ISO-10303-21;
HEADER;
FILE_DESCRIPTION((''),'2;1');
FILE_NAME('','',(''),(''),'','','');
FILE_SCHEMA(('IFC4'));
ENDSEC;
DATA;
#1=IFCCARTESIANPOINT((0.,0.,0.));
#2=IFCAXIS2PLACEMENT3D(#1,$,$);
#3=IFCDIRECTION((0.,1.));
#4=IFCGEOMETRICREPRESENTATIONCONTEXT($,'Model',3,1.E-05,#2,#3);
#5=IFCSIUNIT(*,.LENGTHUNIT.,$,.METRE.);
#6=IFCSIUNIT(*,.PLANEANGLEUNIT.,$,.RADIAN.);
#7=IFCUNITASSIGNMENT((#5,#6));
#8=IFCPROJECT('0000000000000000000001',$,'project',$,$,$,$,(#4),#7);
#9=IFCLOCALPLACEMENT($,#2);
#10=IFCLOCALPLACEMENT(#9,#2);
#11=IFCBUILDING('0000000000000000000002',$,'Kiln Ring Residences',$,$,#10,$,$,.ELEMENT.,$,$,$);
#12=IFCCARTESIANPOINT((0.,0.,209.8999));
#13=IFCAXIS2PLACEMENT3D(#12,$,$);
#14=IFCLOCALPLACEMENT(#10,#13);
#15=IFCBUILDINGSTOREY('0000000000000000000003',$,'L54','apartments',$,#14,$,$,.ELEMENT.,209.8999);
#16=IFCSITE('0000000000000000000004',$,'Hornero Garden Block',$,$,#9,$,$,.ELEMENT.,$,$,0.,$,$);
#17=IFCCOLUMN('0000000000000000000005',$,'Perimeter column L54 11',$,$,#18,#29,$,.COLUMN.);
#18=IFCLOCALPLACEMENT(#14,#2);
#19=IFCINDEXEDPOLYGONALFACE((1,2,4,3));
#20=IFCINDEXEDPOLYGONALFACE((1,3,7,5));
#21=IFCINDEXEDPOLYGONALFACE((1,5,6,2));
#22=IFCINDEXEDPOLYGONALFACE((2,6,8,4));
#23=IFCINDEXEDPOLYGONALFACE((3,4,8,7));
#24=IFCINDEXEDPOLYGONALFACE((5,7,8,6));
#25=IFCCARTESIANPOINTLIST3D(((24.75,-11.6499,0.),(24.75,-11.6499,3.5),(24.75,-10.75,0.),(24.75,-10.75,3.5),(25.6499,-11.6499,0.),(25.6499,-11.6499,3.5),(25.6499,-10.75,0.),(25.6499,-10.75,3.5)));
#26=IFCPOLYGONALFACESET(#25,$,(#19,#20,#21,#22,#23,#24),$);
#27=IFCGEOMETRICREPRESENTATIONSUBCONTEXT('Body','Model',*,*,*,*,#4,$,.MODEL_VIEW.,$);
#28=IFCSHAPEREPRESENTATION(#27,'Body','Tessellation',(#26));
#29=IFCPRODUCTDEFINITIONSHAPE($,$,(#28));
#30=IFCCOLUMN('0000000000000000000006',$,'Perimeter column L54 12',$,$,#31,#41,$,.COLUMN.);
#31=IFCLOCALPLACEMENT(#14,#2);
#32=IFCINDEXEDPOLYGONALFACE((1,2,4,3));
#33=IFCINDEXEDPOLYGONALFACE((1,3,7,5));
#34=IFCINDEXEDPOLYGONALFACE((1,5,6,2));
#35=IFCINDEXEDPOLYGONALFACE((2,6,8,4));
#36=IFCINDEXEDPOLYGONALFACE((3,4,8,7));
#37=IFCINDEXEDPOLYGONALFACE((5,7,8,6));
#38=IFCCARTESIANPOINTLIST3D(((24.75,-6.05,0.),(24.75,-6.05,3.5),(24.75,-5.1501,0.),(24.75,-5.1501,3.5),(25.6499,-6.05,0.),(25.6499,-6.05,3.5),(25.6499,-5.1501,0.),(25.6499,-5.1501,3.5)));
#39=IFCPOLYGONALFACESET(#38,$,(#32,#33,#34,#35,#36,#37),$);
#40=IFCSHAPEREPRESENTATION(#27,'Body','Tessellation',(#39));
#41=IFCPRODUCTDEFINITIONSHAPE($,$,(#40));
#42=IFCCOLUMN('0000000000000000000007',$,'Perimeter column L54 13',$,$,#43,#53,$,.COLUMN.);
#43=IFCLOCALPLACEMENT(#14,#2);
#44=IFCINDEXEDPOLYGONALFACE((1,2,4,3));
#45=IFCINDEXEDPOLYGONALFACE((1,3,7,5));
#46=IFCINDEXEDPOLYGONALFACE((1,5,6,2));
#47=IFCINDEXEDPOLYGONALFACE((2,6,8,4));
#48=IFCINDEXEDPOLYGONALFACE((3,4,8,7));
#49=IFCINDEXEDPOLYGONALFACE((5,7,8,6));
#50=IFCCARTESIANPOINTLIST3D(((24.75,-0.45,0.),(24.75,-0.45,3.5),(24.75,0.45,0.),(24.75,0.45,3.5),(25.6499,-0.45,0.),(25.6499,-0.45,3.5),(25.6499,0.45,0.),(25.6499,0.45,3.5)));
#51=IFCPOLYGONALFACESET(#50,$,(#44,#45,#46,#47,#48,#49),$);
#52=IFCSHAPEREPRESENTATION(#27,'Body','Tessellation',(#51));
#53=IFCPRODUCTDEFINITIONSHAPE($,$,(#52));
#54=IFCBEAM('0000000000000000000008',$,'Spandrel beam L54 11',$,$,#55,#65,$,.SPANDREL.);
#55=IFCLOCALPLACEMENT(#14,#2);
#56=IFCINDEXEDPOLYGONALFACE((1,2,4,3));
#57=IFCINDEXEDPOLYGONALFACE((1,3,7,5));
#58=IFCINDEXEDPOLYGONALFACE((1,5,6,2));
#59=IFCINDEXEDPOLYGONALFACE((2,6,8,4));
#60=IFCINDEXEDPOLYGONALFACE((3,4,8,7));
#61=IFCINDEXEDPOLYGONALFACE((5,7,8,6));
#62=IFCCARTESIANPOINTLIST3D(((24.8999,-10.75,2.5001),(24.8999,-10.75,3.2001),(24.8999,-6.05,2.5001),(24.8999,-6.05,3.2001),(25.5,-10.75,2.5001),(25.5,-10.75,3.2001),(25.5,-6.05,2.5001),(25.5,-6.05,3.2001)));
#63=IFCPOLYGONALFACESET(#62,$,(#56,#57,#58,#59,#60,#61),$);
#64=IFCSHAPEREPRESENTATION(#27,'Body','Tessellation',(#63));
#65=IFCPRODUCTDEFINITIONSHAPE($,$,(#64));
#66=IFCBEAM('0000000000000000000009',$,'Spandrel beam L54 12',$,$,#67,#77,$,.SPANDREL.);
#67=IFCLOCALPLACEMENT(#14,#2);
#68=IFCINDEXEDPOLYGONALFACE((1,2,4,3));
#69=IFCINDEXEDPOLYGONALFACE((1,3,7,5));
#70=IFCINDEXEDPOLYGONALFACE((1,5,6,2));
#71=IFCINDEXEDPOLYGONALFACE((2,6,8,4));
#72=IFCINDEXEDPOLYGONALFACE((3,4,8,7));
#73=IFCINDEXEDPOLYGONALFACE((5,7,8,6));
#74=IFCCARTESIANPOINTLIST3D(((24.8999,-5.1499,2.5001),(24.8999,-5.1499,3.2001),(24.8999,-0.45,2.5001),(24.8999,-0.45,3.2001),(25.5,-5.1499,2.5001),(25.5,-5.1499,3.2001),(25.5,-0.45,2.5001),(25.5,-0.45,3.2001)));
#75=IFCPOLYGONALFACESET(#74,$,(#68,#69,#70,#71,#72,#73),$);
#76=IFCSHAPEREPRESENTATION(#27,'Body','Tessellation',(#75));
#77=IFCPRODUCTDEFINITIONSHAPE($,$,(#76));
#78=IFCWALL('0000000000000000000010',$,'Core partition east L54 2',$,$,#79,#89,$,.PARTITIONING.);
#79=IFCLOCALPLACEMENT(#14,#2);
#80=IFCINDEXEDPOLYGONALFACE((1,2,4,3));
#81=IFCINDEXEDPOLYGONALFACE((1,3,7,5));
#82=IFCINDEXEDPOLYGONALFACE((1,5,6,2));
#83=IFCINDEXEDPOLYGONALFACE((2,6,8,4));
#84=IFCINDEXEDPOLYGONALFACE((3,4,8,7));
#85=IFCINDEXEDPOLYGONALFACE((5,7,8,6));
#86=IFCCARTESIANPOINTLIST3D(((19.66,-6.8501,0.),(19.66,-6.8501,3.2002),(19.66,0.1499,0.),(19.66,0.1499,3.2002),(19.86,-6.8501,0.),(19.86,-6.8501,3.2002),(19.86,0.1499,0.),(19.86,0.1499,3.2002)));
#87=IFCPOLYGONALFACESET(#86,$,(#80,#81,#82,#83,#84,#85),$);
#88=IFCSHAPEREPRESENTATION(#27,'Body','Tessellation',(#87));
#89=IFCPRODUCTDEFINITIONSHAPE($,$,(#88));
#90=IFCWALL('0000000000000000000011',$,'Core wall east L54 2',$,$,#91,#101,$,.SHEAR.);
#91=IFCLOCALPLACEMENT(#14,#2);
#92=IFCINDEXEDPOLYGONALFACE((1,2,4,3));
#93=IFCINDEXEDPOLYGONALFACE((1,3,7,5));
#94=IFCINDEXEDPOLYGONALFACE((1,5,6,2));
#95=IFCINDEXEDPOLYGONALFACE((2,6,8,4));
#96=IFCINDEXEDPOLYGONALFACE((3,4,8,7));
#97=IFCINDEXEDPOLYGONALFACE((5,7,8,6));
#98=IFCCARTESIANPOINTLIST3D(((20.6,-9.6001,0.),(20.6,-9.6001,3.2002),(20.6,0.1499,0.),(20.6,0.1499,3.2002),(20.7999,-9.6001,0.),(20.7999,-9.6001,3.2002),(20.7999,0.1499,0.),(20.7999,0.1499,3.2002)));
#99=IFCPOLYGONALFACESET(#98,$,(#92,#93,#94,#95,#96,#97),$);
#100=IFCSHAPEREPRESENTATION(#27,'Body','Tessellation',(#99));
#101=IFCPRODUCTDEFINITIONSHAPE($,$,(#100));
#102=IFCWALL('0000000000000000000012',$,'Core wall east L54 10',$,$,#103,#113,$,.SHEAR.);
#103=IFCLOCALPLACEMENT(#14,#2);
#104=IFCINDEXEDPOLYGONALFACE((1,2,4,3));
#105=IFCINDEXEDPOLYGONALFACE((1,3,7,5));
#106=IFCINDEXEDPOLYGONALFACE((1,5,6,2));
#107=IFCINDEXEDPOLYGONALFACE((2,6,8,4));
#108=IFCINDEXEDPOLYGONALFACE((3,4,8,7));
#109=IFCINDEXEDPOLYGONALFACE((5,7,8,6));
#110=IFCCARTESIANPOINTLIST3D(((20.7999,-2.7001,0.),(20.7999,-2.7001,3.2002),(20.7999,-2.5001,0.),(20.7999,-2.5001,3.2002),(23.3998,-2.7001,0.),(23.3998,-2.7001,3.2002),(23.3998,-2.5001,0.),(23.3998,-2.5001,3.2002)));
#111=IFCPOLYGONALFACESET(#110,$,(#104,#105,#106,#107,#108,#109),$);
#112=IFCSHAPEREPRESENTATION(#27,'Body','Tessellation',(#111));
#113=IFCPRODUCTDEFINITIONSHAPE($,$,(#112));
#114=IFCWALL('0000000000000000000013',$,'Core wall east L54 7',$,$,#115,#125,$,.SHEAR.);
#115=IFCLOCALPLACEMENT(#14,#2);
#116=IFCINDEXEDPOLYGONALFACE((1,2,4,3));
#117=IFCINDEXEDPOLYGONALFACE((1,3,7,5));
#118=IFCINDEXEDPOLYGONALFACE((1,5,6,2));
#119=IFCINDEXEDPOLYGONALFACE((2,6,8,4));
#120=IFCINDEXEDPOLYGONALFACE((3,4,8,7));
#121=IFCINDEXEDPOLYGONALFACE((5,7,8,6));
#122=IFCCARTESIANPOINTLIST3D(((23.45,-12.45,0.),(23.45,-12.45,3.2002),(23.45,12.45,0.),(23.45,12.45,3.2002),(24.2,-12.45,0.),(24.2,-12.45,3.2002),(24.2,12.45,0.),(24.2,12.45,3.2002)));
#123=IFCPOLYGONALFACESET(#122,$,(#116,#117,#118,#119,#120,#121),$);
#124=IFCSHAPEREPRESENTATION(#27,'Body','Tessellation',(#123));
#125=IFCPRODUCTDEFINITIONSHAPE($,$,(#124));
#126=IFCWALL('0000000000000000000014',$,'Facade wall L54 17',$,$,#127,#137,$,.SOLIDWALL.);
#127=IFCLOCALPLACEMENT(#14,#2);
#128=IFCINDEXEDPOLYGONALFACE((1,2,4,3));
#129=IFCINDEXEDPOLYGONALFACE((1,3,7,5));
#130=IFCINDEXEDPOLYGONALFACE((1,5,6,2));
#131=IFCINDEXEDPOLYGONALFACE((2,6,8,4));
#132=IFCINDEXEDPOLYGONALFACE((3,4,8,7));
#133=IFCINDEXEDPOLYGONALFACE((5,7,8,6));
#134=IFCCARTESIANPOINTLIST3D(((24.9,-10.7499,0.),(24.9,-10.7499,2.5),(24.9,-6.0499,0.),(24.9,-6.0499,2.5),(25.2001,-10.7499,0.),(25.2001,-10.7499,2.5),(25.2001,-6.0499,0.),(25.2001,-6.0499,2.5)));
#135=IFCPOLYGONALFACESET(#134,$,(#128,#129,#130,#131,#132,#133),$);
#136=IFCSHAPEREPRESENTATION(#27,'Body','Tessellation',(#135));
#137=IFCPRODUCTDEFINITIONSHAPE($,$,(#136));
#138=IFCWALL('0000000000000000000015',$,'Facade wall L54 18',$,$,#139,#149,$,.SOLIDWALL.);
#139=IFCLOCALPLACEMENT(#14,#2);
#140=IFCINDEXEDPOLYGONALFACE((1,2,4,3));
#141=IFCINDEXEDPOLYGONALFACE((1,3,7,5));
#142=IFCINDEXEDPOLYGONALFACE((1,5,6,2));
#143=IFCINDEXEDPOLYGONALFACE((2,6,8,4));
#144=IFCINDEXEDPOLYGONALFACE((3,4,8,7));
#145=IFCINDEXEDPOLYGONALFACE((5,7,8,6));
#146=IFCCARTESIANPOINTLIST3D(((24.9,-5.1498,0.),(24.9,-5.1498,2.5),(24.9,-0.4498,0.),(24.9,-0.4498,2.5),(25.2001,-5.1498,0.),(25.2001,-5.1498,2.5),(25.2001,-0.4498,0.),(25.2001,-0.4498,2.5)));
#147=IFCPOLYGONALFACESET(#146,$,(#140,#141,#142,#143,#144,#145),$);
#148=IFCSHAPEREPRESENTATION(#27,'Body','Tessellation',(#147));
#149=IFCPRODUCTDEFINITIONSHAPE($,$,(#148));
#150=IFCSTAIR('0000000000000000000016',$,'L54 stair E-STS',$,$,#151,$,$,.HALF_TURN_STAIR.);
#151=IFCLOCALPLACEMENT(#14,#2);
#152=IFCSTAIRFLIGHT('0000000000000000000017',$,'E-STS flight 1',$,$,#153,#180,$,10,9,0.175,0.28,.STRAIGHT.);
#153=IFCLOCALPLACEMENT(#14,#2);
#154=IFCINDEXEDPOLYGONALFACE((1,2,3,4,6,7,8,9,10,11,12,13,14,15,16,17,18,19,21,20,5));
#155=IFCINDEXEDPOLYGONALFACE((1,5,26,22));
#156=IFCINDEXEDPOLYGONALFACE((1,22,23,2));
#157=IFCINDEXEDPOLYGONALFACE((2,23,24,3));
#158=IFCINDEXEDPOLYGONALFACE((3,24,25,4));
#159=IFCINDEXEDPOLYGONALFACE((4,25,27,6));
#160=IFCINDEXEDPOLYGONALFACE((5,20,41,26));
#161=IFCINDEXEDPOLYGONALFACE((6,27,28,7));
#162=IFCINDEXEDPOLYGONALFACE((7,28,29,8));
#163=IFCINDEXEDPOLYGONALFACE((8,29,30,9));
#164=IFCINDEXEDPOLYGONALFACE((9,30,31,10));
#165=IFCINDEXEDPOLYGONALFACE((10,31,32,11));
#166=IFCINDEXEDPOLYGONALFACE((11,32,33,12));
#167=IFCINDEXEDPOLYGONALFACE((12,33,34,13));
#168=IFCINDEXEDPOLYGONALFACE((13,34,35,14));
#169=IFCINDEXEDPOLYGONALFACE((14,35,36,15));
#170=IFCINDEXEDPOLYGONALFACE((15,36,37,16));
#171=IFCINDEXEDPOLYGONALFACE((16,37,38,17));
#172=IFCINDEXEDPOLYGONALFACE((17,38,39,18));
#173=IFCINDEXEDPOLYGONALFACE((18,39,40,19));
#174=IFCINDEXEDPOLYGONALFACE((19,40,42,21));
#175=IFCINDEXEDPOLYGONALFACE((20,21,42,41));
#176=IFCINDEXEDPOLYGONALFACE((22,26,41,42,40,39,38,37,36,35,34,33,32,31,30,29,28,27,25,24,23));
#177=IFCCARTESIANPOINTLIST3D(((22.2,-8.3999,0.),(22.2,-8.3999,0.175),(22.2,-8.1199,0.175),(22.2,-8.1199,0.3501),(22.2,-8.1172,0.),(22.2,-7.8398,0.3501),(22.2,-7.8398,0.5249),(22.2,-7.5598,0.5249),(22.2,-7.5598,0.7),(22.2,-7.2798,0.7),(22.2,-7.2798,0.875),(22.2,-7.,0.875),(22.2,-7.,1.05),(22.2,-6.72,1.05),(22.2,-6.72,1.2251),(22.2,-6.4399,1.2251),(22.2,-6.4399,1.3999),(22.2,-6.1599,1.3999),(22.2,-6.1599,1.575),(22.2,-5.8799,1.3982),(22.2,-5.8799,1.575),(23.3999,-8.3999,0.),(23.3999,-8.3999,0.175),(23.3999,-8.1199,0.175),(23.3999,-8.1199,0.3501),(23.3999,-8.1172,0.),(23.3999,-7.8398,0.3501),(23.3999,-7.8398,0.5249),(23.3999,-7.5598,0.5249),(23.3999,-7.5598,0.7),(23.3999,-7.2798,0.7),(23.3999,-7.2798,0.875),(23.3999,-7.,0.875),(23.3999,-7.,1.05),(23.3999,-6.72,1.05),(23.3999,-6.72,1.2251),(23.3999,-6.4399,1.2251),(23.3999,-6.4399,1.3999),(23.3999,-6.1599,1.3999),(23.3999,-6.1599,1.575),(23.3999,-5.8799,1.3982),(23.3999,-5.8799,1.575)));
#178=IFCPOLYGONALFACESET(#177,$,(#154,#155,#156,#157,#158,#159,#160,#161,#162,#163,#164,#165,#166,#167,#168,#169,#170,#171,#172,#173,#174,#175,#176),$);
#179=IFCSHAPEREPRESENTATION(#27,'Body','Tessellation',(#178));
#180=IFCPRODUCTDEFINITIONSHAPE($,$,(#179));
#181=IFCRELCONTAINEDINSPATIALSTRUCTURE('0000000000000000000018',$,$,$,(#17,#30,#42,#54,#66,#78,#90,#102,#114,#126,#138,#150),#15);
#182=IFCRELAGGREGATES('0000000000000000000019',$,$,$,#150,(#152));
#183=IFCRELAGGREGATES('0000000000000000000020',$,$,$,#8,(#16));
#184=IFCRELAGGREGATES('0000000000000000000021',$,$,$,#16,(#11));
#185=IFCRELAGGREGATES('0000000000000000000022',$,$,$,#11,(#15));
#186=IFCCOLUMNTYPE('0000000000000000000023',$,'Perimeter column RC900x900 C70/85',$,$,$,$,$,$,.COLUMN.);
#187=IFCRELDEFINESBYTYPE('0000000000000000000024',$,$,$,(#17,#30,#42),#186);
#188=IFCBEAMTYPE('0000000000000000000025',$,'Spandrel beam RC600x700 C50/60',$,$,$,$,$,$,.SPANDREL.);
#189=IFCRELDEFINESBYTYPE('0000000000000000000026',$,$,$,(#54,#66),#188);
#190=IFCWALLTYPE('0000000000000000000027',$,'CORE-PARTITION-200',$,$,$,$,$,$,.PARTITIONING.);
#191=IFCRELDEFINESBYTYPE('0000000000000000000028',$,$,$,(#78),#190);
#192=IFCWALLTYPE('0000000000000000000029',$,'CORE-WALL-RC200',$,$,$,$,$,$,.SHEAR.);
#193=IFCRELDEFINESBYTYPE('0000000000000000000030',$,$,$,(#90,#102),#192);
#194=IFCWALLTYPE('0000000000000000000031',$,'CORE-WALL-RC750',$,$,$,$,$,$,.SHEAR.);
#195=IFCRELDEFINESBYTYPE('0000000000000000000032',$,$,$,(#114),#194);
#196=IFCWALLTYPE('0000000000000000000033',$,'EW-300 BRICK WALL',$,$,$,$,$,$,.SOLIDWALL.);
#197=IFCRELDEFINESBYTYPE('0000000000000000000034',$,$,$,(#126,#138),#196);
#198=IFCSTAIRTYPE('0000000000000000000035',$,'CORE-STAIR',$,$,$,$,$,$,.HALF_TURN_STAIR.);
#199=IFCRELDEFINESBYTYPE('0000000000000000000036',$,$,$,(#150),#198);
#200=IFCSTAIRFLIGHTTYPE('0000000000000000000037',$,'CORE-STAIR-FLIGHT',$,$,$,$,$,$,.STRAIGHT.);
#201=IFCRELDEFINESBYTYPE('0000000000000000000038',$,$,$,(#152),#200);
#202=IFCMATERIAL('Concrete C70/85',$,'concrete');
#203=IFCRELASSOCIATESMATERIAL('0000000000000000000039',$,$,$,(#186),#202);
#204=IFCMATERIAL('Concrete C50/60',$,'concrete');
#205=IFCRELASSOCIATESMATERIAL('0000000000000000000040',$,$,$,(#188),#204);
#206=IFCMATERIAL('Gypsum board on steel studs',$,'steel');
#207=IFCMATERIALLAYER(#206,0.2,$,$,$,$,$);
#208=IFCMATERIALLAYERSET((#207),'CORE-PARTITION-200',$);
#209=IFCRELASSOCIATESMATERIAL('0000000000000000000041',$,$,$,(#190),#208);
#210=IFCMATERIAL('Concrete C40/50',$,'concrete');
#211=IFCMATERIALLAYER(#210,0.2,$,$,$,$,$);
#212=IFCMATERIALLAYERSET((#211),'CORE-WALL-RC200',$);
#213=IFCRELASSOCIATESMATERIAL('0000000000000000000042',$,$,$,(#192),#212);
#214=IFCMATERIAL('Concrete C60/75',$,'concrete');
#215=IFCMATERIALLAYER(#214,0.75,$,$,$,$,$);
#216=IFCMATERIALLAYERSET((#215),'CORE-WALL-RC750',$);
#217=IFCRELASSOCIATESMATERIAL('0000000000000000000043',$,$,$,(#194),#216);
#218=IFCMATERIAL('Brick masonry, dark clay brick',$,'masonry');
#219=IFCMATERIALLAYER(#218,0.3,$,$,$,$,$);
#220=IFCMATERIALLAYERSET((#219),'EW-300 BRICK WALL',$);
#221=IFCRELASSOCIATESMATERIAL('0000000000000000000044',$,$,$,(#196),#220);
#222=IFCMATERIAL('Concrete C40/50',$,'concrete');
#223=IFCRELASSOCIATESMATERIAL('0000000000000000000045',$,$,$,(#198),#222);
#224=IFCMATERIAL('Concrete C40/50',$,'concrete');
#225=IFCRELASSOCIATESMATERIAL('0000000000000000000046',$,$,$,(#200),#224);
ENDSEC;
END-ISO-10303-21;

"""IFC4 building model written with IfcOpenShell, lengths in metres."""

from ifc_helpers import new_model, si_unit, direction, frame, frame_2d, origin, origin_2d, place, context, subcontext, project, spatial, polyline, rectangle, outline, extrude, material, layer, layer_set, material_profile, profile_set, type_object, element, aggregate, save


model = new_model("IFC4")

# Units and contexts
model_context = context("Model", 3, precision=1e-05, world=origin(), true_north=direction((0.0, 1.0)))
body_context = subcontext(model_context, "Body", "Model", "MODEL_VIEW")
ifc_project = project(units=[si_unit("LENGTHUNIT", "METRE"), si_unit("PLANEANGLEUNIT", "RADIAN")], contexts=[model_context])

# Site, building, storey
site_placement = place(None, origin())
site = spatial("IfcSite", under=ifc_project, at=site_placement, Name="Hornero Garden Block", CompositionType="ELEMENT", RefElevation=0.0)
building_placement = place(site_placement, origin())
building = spatial("IfcBuilding", under=site, at=building_placement, Name="Kiln Ring Residences", CompositionType="ELEMENT")
storey_placement = place(building_placement, frame((0.0, 0.0, 209.8999)))
storey = spatial("IfcBuildingStorey", under=building, at=storey_placement, Name="L54", Description="apartments", CompositionType="ELEMENT", Elevation=209.8999)

# Columns
ifc_material_1 = material(Name="Concrete C70/85", Category="concrete")
ifc_material_profile_1 = material_profile(ifc_material_1, rectangle(XDim=0.8999, YDim=0.8999, at=origin_2d()), Name="RC900x900")
ifc_profile_set_1 = profile_set([ifc_material_profile_1], Name="Concrete C70/85")
column_type = type_object("IfcColumnType", Name="Perimeter column RC900x900 C70/85", PredefinedType="COLUMN", material=ifc_profile_set_1)
for number, where, z_axis, x_axis, name in (
    (1, (25.2, -11.2, 0.0), (0.0, 0.0, 1.0), (1.0, 0.0, 0.0), "Perimeter column L54 11"),
    (2, (25.2, -5.6001, 0.0), (0.0, 0.0, 1.0), (1.0, 0.0, 0.0), "Perimeter column L54 12"),
    (3, (25.2, 0.0, 0.0), (0.0, 0.0, 1.0), (1.0, 0.0, 0.0), "Perimeter column L54 13"),
):
    element("IfcColumn", number, at=place(storey_placement, frame(where, z_axis=z_axis, x_axis=x_axis)), inside=storey, type_object=column_type, Name=name, PredefinedType="COLUMN", context=body_context, shape_type="SweptSolid", body=[
        extrude(rectangle(XDim=0.8999, YDim=0.8999, at=origin_2d()), origin(), (0.0, 0.0, 1.0), 3.5),
    ])

# Beams
ifc_material_2 = material(Name="Concrete C50/60", Category="concrete")
ifc_material_profile_2 = material_profile(ifc_material_2, rectangle(XDim=0.6001, YDim=0.7, at=origin_2d()), Name="RC600x700")
ifc_profile_set_2 = profile_set([ifc_material_profile_2], Name="Concrete C50/60")
beam_type = type_object("IfcBeamType", Name="Spandrel beam RC600x700 C50/60", PredefinedType="SPANDREL", material=ifc_profile_set_2)
for number, where, z_axis, x_axis, name in (
    (4, (25.2, -10.75, 2.8501), (0.0, 1.0, 0.0), (-1.0, 0.0, 0.0), "Spandrel beam L54 11"),
    (5, (25.2, -5.1499, 2.8501), (0.0, 1.0, 0.0), (-1.0, 0.0, 0.0), "Spandrel beam L54 12"),
):
    element("IfcBeam", number, at=place(storey_placement, frame(where, z_axis=z_axis, x_axis=x_axis)), inside=storey, type_object=beam_type, Name=name, PredefinedType="SPANDREL", context=body_context, shape_type="SweptSolid", body=[
        extrude(rectangle(XDim=0.6001, YDim=0.7, at=origin_2d()), origin(), (0.0, 0.0, 1.0), 4.7),
    ])

# Walls
ifc_material_3 = material(Name="Gypsum board on steel studs", Category="steel")
ifc_layer_1 = layer(ifc_material_3, 0.2)
ifc_layer_set_1 = layer_set([ifc_layer_1], Name="CORE-PARTITION-200")
wall_type_1 = type_object("IfcWallType", Name="CORE-PARTITION-200", PredefinedType="PARTITIONING", material=ifc_layer_set_1)
wall_1_placement = place(storey_placement, frame((19.76, -6.8501, 0.0), z_axis=(0.0, 0.0, 1.0), x_axis=(0.0, 1.0, 0.0)))
element("IfcWall", 6, at=wall_1_placement, inside=storey, type_object=wall_type_1, Name="Core partition east L54 2", PredefinedType="PARTITIONING", context=body_context, shape_type="SweptSolid", body=[
    extrude(rectangle(XDim=7.0, YDim=0.2, at=frame_2d((3.5, 0.0))), origin(), (0.0, 0.0, 1.0), 3.2002),
])
ifc_material_4 = material(Name="Concrete C40/50", Category="concrete")
ifc_layer_2 = layer(ifc_material_4, 0.2)
ifc_layer_set_2 = layer_set([ifc_layer_2], Name="CORE-WALL-RC200")
wall_type_2 = type_object("IfcWallType", Name="CORE-WALL-RC200", PredefinedType="SHEAR", material=ifc_layer_set_2)
wall_2_placement = place(storey_placement, frame((20.7, -9.6001, 0.0), z_axis=(0.0, 0.0, 1.0), x_axis=(0.0, 1.0, 0.0)))
element("IfcWall", 7, at=wall_2_placement, inside=storey, type_object=wall_type_2, Name="Core wall east L54 2", PredefinedType="SHEAR", context=body_context, shape_type="SweptSolid", body=[
    extrude(rectangle(XDim=9.75, YDim=0.2, at=frame_2d((4.875, 0.0))), origin(), (0.0, 0.0, 1.0), 3.2002),
])
wall_3_placement = place(storey_placement, frame((20.8, -2.6001, 0.0), z_axis=(0.0, 0.0, 1.0), x_axis=(1.0, 0.0, 0.0)))
element("IfcWall", 8, at=wall_3_placement, inside=storey, type_object=wall_type_2, Name="Core wall east L54 10", PredefinedType="SHEAR", context=body_context, shape_type="SweptSolid", body=[
    extrude(rectangle(XDim=2.5999, YDim=0.2, at=frame_2d((1.2998, 0.0))), origin(), (0.0, 0.0, 1.0), 3.2002),
])
ifc_material_5 = material(Name="Concrete C60/75", Category="concrete")
ifc_layer_3 = layer(ifc_material_5, 0.75)
ifc_layer_set_3 = layer_set([ifc_layer_3], Name="CORE-WALL-RC750")
wall_type_3 = type_object("IfcWallType", Name="CORE-WALL-RC750", PredefinedType="SHEAR", material=ifc_layer_set_3)
wall_4_placement = place(storey_placement, frame((23.825, -12.45, 0.0), z_axis=(0.0, 0.0, 1.0), x_axis=(0.0, 1.0, 0.0)))
element("IfcWall", 9, at=wall_4_placement, inside=storey, type_object=wall_type_3, Name="Core wall east L54 7", PredefinedType="SHEAR", context=body_context, shape_type="SweptSolid", body=[
    extrude(rectangle(XDim=24.8999, YDim=0.75, at=frame_2d((12.45, 0.0))), origin(), (0.0, 0.0, 1.0), 3.2002),
])
ifc_material_6 = material(Name="Brick masonry, dark clay brick", Category="masonry")
ifc_layer_4 = layer(ifc_material_6, 0.3)
ifc_layer_set_4 = layer_set([ifc_layer_4], Name="EW-300 BRICK WALL")
wall_type_4 = type_object("IfcWallType", Name="EW-300 BRICK WALL", PredefinedType="SOLIDWALL", material=ifc_layer_set_4)
for number, where, z_axis, x_axis, name in (
    (10, (25.05, -10.75, 0.0), (0.0, 0.0, 1.0), (0.0, 1.0, 0.0), "Facade wall L54 17"),
    (11, (25.05, -5.1499, 0.0), (0.0, 0.0, 1.0), (0.0, 1.0, 0.0), "Facade wall L54 18"),
):
    element("IfcWall", number, at=place(storey_placement, frame(where, z_axis=z_axis, x_axis=x_axis)), inside=storey, type_object=wall_type_4, Name=name, PredefinedType="SOLIDWALL", context=body_context, shape_type="SweptSolid", body=[
        extrude(rectangle(XDim=4.7, YDim=0.3, at=frame_2d((2.3501, 0.0))), origin(), (0.0, 0.0, 1.0), 2.5),
    ])

# Stair, stair flight
ifc_material_7 = material(Name="Concrete C40/50", Category="concrete")
stair_type = type_object("IfcStairType", Name="CORE-STAIR", PredefinedType="HALF_TURN_STAIR", material=ifc_material_7)
stair_placement = place(storey_placement, origin())
stair = element("IfcStair", 12, at=stair_placement, inside=storey, type_object=stair_type, Name="L54 stair E-STS", PredefinedType="HALF_TURN_STAIR")
ifc_material_8 = material(Name="Concrete C40/50", Category="concrete")
stair_flight_type = type_object("IfcStairFlightType", Name="CORE-STAIR-FLIGHT", PredefinedType="STRAIGHT", material=ifc_material_8)
stair_flight_1_placement = place(storey_placement, frame((22.8, -8.3999, 0.0), z_axis=(0.0, 0.0, 1.0), x_axis=(0.0, 1.0, 0.0)))
stair_flight_1 = element("IfcStairFlight", 13, at=stair_flight_1_placement, type_object=stair_flight_type, Name="E-STS flight 1", NumberOfRisers=10, NumberOfTreads=9, PredefinedType="STRAIGHT", RiserHeight=0.175, TreadLength=0.28, context=body_context, shape_type="SweptSolid", body=[
    extrude(outline(polyline([(0.0, 0.0), (0.0, 0.175), (0.28, 0.175), (0.28, 0.3501), (0.5601, 0.3501), (0.5601, 0.5249), (0.8401, 0.5249), (0.8401, 0.7), (1.1201, 0.7), (1.1201, 0.875), (1.3999, 0.875), (1.3999, 1.05), (1.6799, 1.05), (1.6799, 1.2251), (1.96, 1.2251), (1.96, 1.3999), (2.24, 1.3999), (2.24, 1.575), (2.52, 1.575), (2.52, 1.75), (2.52, 1.3982), (0.2827, 0.0), (0.0, 0.0)])), frame((0.0, 0.6001, 0.0), z_axis=(0.0, -1.0, 0.0), x_axis=(1.0, 0.0, 0.0)), (0.0, 0.0, 1.0), 1.2),
])
aggregate(stair, [stair_flight_1])

save(model, "model.ifc")
